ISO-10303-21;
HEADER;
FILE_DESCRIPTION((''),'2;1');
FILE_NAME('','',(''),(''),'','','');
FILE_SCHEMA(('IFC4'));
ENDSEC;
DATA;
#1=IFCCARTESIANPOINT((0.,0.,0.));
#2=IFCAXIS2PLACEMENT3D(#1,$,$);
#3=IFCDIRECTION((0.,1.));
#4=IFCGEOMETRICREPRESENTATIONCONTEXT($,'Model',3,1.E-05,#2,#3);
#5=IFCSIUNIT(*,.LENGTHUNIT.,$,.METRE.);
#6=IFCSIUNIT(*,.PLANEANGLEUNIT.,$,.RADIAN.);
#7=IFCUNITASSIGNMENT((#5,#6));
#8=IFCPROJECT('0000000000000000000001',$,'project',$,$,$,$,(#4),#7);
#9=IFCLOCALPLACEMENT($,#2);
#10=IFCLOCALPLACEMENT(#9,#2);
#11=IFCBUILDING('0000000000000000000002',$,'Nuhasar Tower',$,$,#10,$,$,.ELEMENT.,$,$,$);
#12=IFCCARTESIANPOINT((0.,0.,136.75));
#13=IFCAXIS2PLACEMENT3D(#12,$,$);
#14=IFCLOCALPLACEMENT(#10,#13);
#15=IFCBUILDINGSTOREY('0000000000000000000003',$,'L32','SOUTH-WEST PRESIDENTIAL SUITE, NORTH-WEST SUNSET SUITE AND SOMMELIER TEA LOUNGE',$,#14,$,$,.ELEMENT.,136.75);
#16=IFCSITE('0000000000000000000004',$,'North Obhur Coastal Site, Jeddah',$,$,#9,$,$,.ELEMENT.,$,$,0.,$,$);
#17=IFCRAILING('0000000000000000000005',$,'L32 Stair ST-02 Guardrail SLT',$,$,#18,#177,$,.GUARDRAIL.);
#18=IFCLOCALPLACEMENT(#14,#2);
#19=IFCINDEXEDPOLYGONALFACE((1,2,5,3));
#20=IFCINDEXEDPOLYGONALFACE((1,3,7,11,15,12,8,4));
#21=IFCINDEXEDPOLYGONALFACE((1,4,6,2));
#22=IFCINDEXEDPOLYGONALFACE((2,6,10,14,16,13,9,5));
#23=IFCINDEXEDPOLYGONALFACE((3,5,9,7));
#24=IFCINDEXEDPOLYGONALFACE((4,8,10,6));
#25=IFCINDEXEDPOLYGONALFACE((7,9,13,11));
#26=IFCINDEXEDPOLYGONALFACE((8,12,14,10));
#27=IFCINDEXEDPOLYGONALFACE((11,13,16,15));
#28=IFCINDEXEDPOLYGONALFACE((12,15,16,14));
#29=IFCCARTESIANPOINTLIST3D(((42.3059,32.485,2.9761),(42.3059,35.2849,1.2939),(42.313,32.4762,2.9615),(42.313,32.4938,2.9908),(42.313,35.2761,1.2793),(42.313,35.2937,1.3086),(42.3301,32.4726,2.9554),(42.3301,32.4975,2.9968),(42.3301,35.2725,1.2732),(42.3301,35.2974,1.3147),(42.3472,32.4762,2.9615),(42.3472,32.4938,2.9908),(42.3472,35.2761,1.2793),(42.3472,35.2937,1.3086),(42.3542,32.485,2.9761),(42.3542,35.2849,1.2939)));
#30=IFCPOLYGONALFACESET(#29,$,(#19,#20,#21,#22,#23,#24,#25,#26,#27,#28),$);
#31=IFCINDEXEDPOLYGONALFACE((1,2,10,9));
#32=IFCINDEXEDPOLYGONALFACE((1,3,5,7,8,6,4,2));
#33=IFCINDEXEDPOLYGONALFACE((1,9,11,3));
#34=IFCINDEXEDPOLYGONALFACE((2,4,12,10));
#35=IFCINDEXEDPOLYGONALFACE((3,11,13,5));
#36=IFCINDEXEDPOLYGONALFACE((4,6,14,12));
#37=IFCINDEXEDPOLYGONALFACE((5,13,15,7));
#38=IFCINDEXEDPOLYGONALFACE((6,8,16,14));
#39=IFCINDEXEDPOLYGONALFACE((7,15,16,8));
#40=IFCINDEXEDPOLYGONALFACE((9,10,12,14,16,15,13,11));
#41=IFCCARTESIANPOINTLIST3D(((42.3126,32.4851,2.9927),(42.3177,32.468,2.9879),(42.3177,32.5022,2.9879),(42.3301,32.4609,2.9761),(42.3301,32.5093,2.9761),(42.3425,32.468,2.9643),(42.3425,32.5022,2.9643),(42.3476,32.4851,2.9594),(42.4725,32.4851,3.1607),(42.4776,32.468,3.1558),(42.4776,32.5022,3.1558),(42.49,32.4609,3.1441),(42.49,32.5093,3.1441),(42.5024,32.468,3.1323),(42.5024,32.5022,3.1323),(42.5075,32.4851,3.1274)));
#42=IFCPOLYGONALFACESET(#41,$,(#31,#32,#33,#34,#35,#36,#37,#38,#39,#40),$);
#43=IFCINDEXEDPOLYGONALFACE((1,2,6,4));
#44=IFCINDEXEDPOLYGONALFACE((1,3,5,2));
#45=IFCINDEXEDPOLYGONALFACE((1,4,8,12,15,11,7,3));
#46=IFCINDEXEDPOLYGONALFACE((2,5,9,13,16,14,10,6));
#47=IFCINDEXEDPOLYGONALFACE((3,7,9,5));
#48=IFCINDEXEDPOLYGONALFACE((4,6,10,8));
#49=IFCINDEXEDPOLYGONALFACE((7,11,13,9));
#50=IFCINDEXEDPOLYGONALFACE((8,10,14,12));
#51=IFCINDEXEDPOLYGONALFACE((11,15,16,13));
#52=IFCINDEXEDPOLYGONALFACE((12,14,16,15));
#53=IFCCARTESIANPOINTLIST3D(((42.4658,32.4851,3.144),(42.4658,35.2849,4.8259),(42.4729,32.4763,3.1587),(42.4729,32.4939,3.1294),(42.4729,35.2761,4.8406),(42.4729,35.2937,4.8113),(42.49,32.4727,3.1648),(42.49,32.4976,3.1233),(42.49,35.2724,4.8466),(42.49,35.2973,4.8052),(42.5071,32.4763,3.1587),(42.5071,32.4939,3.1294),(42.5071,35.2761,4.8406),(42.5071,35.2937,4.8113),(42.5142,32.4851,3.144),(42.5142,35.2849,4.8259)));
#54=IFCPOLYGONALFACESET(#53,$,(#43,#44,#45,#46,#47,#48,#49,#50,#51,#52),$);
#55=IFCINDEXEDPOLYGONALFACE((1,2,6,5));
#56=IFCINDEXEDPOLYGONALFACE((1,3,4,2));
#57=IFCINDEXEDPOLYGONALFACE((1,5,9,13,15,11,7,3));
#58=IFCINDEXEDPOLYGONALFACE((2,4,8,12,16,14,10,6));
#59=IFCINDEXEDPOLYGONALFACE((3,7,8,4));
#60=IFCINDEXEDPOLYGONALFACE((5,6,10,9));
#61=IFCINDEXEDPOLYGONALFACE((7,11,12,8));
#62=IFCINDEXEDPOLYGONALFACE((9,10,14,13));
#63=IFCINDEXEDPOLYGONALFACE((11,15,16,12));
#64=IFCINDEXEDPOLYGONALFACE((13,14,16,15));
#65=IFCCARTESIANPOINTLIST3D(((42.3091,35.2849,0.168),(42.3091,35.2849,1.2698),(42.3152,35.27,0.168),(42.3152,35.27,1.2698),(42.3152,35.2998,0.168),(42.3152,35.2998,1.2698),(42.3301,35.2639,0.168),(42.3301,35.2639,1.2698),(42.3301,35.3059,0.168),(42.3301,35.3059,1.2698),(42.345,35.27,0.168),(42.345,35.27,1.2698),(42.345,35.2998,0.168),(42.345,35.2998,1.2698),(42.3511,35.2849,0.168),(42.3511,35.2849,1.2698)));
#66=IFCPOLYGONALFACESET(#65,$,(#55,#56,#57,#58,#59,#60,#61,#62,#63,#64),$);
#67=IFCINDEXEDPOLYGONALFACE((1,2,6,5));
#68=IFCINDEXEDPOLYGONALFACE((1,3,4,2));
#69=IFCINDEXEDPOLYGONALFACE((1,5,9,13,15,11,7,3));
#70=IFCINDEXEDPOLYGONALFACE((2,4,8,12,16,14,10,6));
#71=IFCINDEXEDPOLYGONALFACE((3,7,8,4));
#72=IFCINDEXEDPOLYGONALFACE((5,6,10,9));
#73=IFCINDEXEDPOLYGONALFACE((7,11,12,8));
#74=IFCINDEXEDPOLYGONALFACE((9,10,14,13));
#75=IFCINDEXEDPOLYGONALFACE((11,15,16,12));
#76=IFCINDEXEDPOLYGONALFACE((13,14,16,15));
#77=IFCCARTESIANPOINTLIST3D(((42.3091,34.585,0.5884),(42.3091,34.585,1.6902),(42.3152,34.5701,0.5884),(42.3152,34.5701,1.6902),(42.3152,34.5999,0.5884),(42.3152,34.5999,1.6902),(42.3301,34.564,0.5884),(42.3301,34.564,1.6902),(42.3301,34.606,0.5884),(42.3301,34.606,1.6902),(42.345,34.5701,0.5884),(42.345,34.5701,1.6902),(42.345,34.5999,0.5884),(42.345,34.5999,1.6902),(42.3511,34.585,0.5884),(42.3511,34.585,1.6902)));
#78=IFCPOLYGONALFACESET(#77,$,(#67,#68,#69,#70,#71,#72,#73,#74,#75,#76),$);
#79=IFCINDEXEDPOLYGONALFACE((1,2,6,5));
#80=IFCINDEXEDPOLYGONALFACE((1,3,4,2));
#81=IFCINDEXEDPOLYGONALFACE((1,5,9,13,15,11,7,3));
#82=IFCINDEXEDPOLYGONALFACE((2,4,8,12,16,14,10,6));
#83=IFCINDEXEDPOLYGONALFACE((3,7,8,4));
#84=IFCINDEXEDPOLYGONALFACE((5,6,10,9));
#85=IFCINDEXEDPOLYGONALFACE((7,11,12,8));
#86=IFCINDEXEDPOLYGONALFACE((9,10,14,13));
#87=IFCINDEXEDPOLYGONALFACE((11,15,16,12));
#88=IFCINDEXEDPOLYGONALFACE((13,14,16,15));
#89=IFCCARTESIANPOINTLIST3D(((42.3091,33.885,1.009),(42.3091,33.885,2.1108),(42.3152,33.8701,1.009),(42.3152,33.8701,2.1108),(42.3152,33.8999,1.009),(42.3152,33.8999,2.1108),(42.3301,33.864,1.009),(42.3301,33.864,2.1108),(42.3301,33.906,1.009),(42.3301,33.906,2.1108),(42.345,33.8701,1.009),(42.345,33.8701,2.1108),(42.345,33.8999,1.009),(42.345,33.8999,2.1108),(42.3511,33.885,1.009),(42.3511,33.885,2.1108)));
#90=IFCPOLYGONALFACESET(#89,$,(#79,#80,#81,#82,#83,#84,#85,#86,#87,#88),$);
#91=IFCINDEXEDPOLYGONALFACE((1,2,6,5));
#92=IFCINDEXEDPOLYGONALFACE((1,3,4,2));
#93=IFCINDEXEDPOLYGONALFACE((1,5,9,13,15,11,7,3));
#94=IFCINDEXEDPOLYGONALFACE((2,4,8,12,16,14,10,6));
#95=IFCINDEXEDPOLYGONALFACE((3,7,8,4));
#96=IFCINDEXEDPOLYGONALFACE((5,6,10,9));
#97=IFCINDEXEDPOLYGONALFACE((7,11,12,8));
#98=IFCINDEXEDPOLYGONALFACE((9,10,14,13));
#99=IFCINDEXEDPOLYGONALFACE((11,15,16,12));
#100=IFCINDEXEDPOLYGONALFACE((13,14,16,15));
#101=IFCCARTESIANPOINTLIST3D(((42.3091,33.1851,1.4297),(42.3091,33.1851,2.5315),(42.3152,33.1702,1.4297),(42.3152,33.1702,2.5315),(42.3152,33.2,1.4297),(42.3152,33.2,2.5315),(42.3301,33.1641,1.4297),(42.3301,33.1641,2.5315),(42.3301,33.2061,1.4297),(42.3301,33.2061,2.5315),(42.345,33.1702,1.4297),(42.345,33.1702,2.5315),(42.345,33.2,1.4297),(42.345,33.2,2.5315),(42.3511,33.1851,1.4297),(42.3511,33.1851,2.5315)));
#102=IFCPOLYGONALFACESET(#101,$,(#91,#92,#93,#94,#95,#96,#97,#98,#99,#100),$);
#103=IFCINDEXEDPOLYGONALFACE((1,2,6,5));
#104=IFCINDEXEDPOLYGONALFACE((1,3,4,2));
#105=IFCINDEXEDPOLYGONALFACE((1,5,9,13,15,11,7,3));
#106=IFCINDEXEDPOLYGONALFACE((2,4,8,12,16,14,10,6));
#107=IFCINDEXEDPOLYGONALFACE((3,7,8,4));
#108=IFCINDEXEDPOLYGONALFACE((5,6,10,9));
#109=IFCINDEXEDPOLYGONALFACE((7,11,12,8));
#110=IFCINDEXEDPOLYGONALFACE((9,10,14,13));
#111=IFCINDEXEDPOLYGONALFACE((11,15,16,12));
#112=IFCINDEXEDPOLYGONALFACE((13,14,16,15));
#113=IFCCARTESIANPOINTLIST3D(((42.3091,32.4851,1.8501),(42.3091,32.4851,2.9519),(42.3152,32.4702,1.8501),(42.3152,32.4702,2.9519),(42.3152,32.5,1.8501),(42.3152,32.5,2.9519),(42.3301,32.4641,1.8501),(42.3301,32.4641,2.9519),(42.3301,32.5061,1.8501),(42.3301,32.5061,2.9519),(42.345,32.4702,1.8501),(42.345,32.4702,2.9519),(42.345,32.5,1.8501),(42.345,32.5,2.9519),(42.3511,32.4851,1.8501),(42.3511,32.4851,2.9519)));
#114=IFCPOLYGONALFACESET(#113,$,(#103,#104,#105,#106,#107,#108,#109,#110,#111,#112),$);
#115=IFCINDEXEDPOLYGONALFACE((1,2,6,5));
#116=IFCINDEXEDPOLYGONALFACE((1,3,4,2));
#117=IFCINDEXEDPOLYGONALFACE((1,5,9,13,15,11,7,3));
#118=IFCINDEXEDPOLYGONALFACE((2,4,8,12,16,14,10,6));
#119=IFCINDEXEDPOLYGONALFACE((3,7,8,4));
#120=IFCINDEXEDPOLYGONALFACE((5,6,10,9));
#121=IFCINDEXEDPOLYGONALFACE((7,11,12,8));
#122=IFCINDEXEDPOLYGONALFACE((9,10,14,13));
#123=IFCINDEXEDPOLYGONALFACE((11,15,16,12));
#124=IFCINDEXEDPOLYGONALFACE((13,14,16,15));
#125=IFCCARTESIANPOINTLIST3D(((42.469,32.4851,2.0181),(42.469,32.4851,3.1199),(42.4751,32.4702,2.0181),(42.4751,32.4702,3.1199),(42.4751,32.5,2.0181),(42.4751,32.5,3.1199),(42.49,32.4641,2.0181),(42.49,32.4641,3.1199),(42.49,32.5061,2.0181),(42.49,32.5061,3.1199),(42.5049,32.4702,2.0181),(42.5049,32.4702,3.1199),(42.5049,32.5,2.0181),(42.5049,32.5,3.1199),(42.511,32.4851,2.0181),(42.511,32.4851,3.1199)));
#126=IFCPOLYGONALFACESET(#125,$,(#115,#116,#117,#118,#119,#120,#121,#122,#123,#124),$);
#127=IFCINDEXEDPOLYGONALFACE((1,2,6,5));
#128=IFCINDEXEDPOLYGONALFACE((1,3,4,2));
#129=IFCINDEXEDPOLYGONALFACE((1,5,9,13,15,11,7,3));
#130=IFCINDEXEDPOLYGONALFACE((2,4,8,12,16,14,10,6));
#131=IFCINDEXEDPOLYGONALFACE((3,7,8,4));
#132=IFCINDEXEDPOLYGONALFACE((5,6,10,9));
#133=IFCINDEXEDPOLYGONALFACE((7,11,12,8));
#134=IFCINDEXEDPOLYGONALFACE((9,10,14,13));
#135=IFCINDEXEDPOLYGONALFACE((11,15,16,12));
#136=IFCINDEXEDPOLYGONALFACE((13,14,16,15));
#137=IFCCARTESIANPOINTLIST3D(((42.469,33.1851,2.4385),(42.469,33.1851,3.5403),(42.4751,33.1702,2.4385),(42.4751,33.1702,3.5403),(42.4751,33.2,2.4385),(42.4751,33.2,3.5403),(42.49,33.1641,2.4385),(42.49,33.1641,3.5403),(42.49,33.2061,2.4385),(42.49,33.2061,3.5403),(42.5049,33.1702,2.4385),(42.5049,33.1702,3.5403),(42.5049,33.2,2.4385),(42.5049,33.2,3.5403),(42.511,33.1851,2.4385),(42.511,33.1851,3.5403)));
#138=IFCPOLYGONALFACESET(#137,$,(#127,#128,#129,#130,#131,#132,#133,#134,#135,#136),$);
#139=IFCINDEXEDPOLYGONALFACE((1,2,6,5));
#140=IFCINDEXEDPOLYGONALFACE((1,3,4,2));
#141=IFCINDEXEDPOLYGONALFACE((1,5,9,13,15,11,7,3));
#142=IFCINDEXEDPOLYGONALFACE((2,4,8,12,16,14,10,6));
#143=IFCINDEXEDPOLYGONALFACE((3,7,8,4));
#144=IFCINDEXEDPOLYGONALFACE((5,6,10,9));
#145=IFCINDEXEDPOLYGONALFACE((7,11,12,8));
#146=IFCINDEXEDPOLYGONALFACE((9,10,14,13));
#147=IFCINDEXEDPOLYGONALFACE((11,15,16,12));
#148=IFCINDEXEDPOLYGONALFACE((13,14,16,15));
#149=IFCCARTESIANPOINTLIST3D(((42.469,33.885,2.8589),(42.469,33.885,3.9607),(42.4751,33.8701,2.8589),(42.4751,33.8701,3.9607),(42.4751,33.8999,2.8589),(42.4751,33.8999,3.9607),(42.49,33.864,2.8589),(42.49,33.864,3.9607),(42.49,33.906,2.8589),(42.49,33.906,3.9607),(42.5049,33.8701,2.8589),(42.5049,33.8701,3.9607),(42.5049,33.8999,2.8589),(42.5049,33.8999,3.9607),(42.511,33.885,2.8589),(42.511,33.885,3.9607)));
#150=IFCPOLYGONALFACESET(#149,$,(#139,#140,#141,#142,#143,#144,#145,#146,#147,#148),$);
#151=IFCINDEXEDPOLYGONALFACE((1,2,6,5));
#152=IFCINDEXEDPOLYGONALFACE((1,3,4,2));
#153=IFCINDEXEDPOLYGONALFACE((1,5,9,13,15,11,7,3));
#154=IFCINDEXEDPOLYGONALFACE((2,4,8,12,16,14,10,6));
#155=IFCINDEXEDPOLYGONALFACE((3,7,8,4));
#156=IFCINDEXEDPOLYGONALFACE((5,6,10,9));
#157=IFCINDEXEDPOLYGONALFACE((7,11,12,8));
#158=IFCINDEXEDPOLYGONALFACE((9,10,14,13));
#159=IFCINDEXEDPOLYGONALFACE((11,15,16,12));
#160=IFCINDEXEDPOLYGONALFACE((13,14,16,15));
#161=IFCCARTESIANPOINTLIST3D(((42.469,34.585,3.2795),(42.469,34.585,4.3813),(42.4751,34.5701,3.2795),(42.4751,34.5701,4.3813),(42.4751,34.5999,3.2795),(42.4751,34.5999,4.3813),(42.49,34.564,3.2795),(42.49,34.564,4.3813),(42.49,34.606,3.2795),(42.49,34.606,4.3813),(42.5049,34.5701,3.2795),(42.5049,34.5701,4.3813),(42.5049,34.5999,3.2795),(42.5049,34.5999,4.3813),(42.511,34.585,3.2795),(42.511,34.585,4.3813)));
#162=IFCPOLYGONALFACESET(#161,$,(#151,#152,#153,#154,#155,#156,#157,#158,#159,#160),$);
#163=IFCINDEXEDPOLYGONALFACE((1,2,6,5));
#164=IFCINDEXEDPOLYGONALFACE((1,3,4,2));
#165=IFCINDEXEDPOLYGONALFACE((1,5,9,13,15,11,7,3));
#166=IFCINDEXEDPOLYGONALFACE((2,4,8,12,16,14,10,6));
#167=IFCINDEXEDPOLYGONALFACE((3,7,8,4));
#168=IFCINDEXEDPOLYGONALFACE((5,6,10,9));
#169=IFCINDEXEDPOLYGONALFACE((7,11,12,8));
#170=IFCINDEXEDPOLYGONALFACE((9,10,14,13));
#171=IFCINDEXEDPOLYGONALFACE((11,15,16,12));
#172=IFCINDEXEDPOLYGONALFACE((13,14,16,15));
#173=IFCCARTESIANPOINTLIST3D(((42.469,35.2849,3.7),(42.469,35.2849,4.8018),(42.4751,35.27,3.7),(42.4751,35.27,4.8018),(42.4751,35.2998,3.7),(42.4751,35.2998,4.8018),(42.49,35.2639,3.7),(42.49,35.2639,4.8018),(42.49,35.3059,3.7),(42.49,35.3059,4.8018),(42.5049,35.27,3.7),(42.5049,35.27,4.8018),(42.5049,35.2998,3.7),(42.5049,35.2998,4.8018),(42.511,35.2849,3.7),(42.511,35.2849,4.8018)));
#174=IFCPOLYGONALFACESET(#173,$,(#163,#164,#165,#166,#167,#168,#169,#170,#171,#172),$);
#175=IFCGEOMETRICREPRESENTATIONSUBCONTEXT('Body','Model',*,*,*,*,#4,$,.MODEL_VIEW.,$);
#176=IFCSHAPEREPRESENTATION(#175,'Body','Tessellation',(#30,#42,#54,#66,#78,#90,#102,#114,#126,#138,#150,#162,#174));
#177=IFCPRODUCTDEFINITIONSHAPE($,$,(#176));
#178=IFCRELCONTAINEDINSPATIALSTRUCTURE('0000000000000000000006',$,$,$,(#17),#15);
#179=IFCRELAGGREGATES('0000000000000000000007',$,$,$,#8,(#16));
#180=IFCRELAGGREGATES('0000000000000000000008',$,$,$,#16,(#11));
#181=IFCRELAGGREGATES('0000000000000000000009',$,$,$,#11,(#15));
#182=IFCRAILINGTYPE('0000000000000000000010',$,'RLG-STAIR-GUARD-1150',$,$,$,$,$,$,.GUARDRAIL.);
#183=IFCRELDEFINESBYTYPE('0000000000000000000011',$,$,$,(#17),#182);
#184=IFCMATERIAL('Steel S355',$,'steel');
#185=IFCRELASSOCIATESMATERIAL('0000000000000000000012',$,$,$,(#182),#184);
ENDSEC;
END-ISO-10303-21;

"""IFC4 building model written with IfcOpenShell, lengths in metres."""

from ifc_helpers import new_model, si_unit, direction, frame, origin, place, context, subcontext, project, spatial, polyline, outline, extrude, material, type_object, element, save


model = new_model("IFC4")

# Units and contexts
model_context = context("Model", 3, precision=1e-05, world=origin(), true_north=direction((0.0, 1.0)))
body_context = subcontext(model_context, "Body", "Model", "MODEL_VIEW")
ifc_project = project(units=[si_unit("LENGTHUNIT", "METRE"), si_unit("PLANEANGLEUNIT", "RADIAN")], contexts=[model_context])

# Site, building, storey
site_placement = place(None, origin())
site = spatial("IfcSite", under=ifc_project, at=site_placement, Name="North Obhur Coastal Site, Jeddah", CompositionType="ELEMENT", RefElevation=0.0)
building_placement = place(site_placement, origin())
building = spatial("IfcBuilding", under=site, at=building_placement, Name="Nuhasar Tower", CompositionType="ELEMENT")
storey_placement = place(building_placement, frame((0.0, 0.0, 136.75)))
storey = spatial("IfcBuildingStorey", under=building, at=storey_placement, Name="L32", Description="SOUTH-WEST PRESIDENTIAL SUITE, NORTH-WEST SUNSET SUITE AND SOMMELIER TEA LOUNGE", CompositionType="ELEMENT", Elevation=136.75)

# Shared definitions
ifc_material_1 = material(Name="Steel S355", Category="steel")

# Railing
railing_type_1 = type_object("IfcRailingType", Name="RLG-STAIR-GUARD-1150", PredefinedType="GUARDRAIL", material=ifc_material_1)
railing_1_placement = place(storey_placement, frame((42.3301, 35.2849, 0.168)))
element("IfcRailing", 1, at=railing_1_placement, inside=storey, type_object=railing_type_1, Name="L32 Stair ST-02 Guardrail SLT", PredefinedType="GUARDRAIL", context=body_context, shape_type="SweptSolid", body=[
    extrude(outline(polyline([(0.0242, 0.0), (0.0171, 0.0171), (0.0, 0.0242), (-0.0171, 0.0171), (-0.0242, 0.0), (-0.0171, -0.0171), (0.0, -0.0242), (0.0171, -0.0171), (0.0242, 0.0)])), frame((0.0, 0.0, 1.126), z_axis=(0.0, -0.857189, 0.515001), x_axis=(1.0, 0.0, 0.0)), (0.0, 0.0, 1.0), 3.2664),
    extrude(outline(polyline([(0.0242, 0.0), (0.0171, 0.0171), (0.0, 0.0242), (-0.0171, 0.0171), (-0.0242, 0.0), (-0.0171, -0.0171), (0.0, -0.0242), (0.0171, -0.0171), (0.0242, 0.0)])), frame((0.0, -2.7998, 2.8081), z_axis=(0.689524, 0.0, 0.724263), x_axis=(0.0, 1.0, 0.0)), (0.0, 0.0, 1.0), 0.2319),
    extrude(outline(polyline([(0.0242, 0.0), (0.0171, 0.0171), (0.0, 0.0242), (-0.0171, 0.0171), (-0.0242, 0.0), (-0.0171, -0.0171), (0.0, -0.0242), (0.0171, -0.0171), (0.0242, 0.0)])), frame((0.1599, -2.7998, 2.9761), z_axis=(0.0, 0.857222, 0.514946), x_axis=(-1.0, 0.0, 0.0)), (0.0, 0.0, 1.0), 3.2661),
    extrude(outline(polyline([(0.021, 0.0), (0.0149, 0.0149), (0.0, 0.021), (-0.0149, 0.0149), (-0.021, 0.0), (-0.0149, -0.0149), (0.0, -0.021), (0.0149, -0.0149), (0.021, 0.0)])), origin(), (0.0, 0.0, 1.0), 1.1018),
    extrude(outline(polyline([(0.021, 0.0), (0.0149, 0.0149), (0.0, 0.021), (-0.0149, 0.0149), (-0.021, 0.0), (-0.0149, -0.0149), (0.0, -0.021), (0.0149, -0.0149), (0.021, 0.0)])), frame((0.0, -0.7, 0.4204)), (0.0, 0.0, 1.0), 1.1018),
    extrude(outline(polyline([(0.021, 0.0), (0.0149, 0.0149), (0.0, 0.021), (-0.0149, 0.0149), (-0.021, 0.0), (-0.0149, -0.0149), (0.0, -0.021), (0.0149, -0.0149), (0.021, 0.0)])), frame((0.0, -1.3999, 0.8411)), (0.0, 0.0, 1.0), 1.1018),
    extrude(outline(polyline([(0.021, 0.0), (0.0149, 0.0149), (0.0, 0.021), (-0.0149, 0.0149), (-0.021, 0.0), (-0.0149, -0.0149), (0.0, -0.021), (0.0149, -0.0149), (0.021, 0.0)])), frame((0.0, -2.0999, 1.2617)), (0.0, 0.0, 1.0), 1.1018),
    extrude(outline(polyline([(0.021, 0.0), (0.0149, 0.0149), (0.0, 0.021), (-0.0149, 0.0149), (-0.021, 0.0), (-0.0149, -0.0149), (0.0, -0.021), (0.0149, -0.0149), (0.021, 0.0)])), frame((0.0, -2.7998, 1.6821)), (0.0, 0.0, 1.0), 1.1018),
    extrude(outline(polyline([(0.021, 0.0), (0.0149, 0.0149), (0.0, 0.021), (-0.0149, 0.0149), (-0.021, 0.0), (-0.0149, -0.0149), (0.0, -0.021), (0.0149, -0.0149), (0.021, 0.0)])), frame((0.1599, -2.7998, 1.8501)), (0.0, 0.0, 1.0), 1.1018),
    extrude(outline(polyline([(0.021, 0.0), (0.0149, 0.0149), (0.0, 0.021), (-0.0149, 0.0149), (-0.021, 0.0), (-0.0149, -0.0149), (0.0, -0.021), (0.0149, -0.0149), (0.021, 0.0)])), frame((0.1599, -2.0999, 2.2705)), (0.0, 0.0, 1.0), 1.1018),
    extrude(outline(polyline([(0.021, 0.0), (0.0149, 0.0149), (0.0, 0.021), (-0.0149, 0.0149), (-0.021, 0.0), (-0.0149, -0.0149), (0.0, -0.021), (0.0149, -0.0149), (0.021, 0.0)])), frame((0.1599, -1.3999, 2.6909)), (0.0, 0.0, 1.0), 1.1018),
    extrude(outline(polyline([(0.021, 0.0), (0.0149, 0.0149), (0.0, 0.021), (-0.0149, 0.0149), (-0.021, 0.0), (-0.0149, -0.0149), (0.0, -0.021), (0.0149, -0.0149), (0.021, 0.0)])), frame((0.1599, -0.7, 3.1116)), (0.0, 0.0, 1.0), 1.1018),
    extrude(outline(polyline([(0.021, 0.0), (0.0149, 0.0149), (0.0, 0.021), (-0.0149, 0.0149), (-0.021, 0.0), (-0.0149, -0.0149), (0.0, -0.021), (0.0149, -0.0149), (0.021, 0.0)])), frame((0.1599, 0.0, 3.532)), (0.0, 0.0, 1.0), 1.1018),
])

save(model, "model.ifc")
